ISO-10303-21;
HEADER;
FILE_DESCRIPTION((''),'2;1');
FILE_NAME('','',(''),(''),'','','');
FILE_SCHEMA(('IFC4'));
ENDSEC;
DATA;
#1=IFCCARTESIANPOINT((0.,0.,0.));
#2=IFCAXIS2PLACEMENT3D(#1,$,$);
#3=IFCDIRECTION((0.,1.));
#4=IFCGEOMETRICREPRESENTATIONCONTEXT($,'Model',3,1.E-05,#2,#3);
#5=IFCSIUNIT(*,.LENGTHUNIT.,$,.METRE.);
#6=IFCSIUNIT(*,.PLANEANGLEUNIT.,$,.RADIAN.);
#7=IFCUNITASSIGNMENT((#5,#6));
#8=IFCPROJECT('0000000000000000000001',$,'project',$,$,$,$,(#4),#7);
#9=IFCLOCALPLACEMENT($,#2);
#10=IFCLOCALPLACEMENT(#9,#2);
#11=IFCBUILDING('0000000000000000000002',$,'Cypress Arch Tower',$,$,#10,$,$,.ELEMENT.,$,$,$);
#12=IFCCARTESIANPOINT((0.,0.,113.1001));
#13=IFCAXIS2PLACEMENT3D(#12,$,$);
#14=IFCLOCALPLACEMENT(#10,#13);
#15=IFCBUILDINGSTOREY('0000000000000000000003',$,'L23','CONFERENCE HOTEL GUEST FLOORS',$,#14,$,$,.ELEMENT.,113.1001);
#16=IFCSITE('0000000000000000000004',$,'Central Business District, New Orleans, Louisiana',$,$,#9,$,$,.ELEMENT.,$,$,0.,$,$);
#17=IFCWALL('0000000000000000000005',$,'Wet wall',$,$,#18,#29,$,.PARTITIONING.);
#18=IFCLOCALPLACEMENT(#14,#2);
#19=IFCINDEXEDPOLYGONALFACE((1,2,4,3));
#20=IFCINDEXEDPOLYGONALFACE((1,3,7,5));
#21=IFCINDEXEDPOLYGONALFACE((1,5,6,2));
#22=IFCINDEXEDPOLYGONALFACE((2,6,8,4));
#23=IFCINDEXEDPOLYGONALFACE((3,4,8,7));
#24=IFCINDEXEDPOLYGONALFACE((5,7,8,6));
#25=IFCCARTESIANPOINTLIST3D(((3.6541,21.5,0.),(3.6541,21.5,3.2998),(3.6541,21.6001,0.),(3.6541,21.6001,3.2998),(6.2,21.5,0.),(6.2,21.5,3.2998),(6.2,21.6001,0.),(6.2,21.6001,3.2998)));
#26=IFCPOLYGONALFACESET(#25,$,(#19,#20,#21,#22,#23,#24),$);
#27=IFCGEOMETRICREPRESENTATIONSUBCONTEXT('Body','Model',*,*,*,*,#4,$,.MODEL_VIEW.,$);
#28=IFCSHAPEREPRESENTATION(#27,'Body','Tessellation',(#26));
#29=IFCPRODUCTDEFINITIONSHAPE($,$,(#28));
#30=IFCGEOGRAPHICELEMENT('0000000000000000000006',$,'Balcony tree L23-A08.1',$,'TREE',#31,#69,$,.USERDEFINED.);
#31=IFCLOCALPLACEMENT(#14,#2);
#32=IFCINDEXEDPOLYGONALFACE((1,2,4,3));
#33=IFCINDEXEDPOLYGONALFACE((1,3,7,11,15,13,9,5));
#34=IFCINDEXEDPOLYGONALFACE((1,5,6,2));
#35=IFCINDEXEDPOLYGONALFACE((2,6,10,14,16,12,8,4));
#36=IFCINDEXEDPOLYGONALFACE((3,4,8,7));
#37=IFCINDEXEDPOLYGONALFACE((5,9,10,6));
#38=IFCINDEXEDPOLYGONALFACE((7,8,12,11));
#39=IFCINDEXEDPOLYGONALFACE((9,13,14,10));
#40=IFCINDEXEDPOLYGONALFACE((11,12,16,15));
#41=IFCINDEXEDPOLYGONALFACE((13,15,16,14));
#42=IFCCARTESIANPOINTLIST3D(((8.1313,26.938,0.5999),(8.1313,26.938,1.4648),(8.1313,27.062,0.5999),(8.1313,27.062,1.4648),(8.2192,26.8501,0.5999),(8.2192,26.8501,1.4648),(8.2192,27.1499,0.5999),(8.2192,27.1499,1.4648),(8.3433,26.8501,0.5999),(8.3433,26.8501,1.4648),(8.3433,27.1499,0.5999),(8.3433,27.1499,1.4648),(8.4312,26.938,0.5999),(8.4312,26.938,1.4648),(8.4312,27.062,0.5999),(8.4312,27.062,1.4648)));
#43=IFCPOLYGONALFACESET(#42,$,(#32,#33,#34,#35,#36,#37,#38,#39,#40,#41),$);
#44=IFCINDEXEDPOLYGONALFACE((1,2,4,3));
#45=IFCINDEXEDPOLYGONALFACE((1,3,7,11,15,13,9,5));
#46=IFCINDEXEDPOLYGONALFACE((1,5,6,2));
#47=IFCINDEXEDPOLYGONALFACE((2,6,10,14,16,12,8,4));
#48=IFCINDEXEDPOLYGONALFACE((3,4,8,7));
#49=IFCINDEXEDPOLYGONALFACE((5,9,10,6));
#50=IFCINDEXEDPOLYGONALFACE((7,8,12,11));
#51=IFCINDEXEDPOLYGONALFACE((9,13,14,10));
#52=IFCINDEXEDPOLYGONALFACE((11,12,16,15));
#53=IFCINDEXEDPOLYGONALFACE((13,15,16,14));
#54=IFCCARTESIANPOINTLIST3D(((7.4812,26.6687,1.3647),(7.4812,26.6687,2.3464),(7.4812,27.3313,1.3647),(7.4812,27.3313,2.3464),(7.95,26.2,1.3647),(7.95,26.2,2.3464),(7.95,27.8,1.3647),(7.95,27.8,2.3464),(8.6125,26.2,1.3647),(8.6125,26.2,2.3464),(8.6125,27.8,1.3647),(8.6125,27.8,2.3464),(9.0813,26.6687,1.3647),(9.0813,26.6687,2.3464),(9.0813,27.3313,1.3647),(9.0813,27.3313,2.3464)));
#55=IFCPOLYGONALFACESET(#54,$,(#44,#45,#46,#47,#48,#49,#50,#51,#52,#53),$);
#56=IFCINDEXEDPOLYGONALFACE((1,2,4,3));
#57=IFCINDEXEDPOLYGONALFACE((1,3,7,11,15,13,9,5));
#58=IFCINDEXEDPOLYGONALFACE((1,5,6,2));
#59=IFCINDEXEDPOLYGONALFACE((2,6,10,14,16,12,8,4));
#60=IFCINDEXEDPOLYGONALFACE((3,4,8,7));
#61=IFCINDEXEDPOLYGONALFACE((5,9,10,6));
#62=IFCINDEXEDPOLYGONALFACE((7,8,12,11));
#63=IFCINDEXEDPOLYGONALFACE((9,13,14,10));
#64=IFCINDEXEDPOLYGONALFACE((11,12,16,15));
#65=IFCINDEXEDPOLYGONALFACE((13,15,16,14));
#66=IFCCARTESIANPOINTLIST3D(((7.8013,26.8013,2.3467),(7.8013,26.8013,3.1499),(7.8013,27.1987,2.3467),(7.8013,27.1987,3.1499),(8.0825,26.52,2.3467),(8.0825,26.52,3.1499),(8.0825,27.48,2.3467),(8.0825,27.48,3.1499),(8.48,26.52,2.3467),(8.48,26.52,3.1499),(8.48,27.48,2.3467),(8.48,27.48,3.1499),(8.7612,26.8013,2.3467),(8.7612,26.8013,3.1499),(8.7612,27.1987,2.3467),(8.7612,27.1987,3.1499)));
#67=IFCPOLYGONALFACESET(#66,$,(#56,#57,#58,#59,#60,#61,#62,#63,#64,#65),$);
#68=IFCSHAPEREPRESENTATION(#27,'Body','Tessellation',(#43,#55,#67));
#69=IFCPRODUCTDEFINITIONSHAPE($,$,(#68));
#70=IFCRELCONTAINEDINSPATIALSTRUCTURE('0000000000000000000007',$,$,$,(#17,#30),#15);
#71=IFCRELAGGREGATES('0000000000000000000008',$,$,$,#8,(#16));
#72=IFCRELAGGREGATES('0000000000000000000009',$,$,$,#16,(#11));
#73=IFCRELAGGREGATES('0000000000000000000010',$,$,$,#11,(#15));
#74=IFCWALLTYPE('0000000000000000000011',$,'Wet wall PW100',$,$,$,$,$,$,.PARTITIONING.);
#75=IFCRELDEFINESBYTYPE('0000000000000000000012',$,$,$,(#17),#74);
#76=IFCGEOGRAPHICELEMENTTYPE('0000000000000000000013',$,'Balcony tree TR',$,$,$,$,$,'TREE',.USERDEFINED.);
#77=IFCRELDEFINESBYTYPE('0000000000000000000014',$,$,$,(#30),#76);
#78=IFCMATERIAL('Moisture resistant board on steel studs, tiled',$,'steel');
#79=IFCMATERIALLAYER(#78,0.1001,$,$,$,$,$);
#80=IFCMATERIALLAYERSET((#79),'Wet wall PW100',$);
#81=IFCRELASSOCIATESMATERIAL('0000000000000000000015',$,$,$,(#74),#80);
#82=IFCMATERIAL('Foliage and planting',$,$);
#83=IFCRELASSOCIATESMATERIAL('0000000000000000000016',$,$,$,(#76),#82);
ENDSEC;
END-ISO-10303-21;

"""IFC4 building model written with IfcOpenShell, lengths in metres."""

from ifc_helpers import new_model, si_unit, direction, frame, frame_2d, origin, place, context, subcontext, project, spatial, polyline, rectangle, outline, extrude, material, layer, layer_set, type_object, element, save


model = new_model("IFC4")

# Units and contexts
model_context = context("Model", 3, precision=1e-05, world=origin(), true_north=direction((0.0, 1.0)))
body_context = subcontext(model_context, "Body", "Model", "MODEL_VIEW")
ifc_project = project(units=[si_unit("LENGTHUNIT", "METRE"), si_unit("PLANEANGLEUNIT", "RADIAN")], contexts=[model_context])

# Site, building, storey
site_placement = place(None, origin())
site = spatial("IfcSite", under=ifc_project, at=site_placement, Name="Central Business District, New Orleans, Louisiana", CompositionType="ELEMENT", RefElevation=0.0)
building_placement = place(site_placement, origin())
building = spatial("IfcBuilding", under=site, at=building_placement, Name="Cypress Arch Tower", CompositionType="ELEMENT")
storey_placement = place(building_placement, frame((0.0, 0.0, 113.1001)))
storey = spatial("IfcBuildingStorey", under=building, at=storey_placement, Name="L23", Description="CONFERENCE HOTEL GUEST FLOORS", CompositionType="ELEMENT", Elevation=113.1001)

# Shared definitions
ifc_material_1 = material(Name="Moisture resistant board on steel studs, tiled", Category="steel")
ifc_layer_1 = layer(ifc_material_1, 0.1001)
ifc_layer_set_1 = layer_set([ifc_layer_1], Name="Wet wall PW100")
wall_type_1 = type_object("IfcWallType", Name="Wet wall PW100", PredefinedType="PARTITIONING", material=ifc_layer_set_1)

# Wall
for number, where, z_axis, x_axis, name in (
    (1, (3.6541, 21.55, 0.0), (0.0, 0.0, 1.0), (1.0, 0.0, 0.0), "Wet wall"),
):
    element("IfcWall", number, at=place(storey_placement, frame(where, z_axis=z_axis, x_axis=x_axis)), inside=storey, type_object=wall_type_1, Name=name, PredefinedType="PARTITIONING", context=body_context, shape_type="SweptSolid", body=[
        extrude(rectangle(XDim=2.5459, YDim=0.1001, at=frame_2d((1.2729, 0.0))), origin(), (0.0, 0.0, 1.0), 3.2998),
    ])

# Geographic element
ifc_material_2 = material(Name="Foliage and planting")
geographic_element_type = type_object("IfcGeographicElementType", Name="Balcony tree TR", ElementType="TREE", PredefinedType="USERDEFINED", material=ifc_material_2)
geographic_element_placement = place(storey_placement, frame((8.2812, 27.0, 0.5999), z_axis=(0.0, 0.0, 1.0), x_axis=(1.0, 0.0, 0.0)))
element("IfcGeographicElement", 2, at=geographic_element_placement, inside=storey, type_object=geographic_element_type, Name="Balcony tree L23-A08.1", ObjectType="TREE", PredefinedType="USERDEFINED", context=body_context, shape_type="SweptSolid", body=[
    extrude(outline(polyline([(0.1499, 0.062), (0.062, 0.1499), (-0.062, 0.1499), (-0.1499, 0.062), (-0.1499, -0.062), (-0.062, -0.1499), (0.062, -0.1499), (0.1499, -0.062), (0.1499, 0.062)])), origin(), (0.0, 0.0, 1.0), 0.865),
    extrude(outline(polyline([(0.8, 0.3313), (0.3313, 0.8), (-0.3313, 0.8), (-0.8, 0.3313), (-0.8, -0.3313), (-0.3313, -0.8), (0.3313, -0.8), (0.8, -0.3313), (0.8, 0.3313)])), frame((0.0, 0.0, 0.7649)), (0.0, 0.0, 1.0), 0.9817),
    extrude(outline(polyline([(0.48, 0.1987), (0.1987, 0.48), (-0.1987, 0.48), (-0.48, 0.1987), (-0.48, -0.1987), (-0.1987, -0.48), (0.1987, -0.48), (0.48, -0.1987), (0.48, 0.1987)])), frame((0.0, 0.0, 1.7468)), (0.0, 0.0, 1.0), 0.8032),
])

save(model, "model.ifc")
